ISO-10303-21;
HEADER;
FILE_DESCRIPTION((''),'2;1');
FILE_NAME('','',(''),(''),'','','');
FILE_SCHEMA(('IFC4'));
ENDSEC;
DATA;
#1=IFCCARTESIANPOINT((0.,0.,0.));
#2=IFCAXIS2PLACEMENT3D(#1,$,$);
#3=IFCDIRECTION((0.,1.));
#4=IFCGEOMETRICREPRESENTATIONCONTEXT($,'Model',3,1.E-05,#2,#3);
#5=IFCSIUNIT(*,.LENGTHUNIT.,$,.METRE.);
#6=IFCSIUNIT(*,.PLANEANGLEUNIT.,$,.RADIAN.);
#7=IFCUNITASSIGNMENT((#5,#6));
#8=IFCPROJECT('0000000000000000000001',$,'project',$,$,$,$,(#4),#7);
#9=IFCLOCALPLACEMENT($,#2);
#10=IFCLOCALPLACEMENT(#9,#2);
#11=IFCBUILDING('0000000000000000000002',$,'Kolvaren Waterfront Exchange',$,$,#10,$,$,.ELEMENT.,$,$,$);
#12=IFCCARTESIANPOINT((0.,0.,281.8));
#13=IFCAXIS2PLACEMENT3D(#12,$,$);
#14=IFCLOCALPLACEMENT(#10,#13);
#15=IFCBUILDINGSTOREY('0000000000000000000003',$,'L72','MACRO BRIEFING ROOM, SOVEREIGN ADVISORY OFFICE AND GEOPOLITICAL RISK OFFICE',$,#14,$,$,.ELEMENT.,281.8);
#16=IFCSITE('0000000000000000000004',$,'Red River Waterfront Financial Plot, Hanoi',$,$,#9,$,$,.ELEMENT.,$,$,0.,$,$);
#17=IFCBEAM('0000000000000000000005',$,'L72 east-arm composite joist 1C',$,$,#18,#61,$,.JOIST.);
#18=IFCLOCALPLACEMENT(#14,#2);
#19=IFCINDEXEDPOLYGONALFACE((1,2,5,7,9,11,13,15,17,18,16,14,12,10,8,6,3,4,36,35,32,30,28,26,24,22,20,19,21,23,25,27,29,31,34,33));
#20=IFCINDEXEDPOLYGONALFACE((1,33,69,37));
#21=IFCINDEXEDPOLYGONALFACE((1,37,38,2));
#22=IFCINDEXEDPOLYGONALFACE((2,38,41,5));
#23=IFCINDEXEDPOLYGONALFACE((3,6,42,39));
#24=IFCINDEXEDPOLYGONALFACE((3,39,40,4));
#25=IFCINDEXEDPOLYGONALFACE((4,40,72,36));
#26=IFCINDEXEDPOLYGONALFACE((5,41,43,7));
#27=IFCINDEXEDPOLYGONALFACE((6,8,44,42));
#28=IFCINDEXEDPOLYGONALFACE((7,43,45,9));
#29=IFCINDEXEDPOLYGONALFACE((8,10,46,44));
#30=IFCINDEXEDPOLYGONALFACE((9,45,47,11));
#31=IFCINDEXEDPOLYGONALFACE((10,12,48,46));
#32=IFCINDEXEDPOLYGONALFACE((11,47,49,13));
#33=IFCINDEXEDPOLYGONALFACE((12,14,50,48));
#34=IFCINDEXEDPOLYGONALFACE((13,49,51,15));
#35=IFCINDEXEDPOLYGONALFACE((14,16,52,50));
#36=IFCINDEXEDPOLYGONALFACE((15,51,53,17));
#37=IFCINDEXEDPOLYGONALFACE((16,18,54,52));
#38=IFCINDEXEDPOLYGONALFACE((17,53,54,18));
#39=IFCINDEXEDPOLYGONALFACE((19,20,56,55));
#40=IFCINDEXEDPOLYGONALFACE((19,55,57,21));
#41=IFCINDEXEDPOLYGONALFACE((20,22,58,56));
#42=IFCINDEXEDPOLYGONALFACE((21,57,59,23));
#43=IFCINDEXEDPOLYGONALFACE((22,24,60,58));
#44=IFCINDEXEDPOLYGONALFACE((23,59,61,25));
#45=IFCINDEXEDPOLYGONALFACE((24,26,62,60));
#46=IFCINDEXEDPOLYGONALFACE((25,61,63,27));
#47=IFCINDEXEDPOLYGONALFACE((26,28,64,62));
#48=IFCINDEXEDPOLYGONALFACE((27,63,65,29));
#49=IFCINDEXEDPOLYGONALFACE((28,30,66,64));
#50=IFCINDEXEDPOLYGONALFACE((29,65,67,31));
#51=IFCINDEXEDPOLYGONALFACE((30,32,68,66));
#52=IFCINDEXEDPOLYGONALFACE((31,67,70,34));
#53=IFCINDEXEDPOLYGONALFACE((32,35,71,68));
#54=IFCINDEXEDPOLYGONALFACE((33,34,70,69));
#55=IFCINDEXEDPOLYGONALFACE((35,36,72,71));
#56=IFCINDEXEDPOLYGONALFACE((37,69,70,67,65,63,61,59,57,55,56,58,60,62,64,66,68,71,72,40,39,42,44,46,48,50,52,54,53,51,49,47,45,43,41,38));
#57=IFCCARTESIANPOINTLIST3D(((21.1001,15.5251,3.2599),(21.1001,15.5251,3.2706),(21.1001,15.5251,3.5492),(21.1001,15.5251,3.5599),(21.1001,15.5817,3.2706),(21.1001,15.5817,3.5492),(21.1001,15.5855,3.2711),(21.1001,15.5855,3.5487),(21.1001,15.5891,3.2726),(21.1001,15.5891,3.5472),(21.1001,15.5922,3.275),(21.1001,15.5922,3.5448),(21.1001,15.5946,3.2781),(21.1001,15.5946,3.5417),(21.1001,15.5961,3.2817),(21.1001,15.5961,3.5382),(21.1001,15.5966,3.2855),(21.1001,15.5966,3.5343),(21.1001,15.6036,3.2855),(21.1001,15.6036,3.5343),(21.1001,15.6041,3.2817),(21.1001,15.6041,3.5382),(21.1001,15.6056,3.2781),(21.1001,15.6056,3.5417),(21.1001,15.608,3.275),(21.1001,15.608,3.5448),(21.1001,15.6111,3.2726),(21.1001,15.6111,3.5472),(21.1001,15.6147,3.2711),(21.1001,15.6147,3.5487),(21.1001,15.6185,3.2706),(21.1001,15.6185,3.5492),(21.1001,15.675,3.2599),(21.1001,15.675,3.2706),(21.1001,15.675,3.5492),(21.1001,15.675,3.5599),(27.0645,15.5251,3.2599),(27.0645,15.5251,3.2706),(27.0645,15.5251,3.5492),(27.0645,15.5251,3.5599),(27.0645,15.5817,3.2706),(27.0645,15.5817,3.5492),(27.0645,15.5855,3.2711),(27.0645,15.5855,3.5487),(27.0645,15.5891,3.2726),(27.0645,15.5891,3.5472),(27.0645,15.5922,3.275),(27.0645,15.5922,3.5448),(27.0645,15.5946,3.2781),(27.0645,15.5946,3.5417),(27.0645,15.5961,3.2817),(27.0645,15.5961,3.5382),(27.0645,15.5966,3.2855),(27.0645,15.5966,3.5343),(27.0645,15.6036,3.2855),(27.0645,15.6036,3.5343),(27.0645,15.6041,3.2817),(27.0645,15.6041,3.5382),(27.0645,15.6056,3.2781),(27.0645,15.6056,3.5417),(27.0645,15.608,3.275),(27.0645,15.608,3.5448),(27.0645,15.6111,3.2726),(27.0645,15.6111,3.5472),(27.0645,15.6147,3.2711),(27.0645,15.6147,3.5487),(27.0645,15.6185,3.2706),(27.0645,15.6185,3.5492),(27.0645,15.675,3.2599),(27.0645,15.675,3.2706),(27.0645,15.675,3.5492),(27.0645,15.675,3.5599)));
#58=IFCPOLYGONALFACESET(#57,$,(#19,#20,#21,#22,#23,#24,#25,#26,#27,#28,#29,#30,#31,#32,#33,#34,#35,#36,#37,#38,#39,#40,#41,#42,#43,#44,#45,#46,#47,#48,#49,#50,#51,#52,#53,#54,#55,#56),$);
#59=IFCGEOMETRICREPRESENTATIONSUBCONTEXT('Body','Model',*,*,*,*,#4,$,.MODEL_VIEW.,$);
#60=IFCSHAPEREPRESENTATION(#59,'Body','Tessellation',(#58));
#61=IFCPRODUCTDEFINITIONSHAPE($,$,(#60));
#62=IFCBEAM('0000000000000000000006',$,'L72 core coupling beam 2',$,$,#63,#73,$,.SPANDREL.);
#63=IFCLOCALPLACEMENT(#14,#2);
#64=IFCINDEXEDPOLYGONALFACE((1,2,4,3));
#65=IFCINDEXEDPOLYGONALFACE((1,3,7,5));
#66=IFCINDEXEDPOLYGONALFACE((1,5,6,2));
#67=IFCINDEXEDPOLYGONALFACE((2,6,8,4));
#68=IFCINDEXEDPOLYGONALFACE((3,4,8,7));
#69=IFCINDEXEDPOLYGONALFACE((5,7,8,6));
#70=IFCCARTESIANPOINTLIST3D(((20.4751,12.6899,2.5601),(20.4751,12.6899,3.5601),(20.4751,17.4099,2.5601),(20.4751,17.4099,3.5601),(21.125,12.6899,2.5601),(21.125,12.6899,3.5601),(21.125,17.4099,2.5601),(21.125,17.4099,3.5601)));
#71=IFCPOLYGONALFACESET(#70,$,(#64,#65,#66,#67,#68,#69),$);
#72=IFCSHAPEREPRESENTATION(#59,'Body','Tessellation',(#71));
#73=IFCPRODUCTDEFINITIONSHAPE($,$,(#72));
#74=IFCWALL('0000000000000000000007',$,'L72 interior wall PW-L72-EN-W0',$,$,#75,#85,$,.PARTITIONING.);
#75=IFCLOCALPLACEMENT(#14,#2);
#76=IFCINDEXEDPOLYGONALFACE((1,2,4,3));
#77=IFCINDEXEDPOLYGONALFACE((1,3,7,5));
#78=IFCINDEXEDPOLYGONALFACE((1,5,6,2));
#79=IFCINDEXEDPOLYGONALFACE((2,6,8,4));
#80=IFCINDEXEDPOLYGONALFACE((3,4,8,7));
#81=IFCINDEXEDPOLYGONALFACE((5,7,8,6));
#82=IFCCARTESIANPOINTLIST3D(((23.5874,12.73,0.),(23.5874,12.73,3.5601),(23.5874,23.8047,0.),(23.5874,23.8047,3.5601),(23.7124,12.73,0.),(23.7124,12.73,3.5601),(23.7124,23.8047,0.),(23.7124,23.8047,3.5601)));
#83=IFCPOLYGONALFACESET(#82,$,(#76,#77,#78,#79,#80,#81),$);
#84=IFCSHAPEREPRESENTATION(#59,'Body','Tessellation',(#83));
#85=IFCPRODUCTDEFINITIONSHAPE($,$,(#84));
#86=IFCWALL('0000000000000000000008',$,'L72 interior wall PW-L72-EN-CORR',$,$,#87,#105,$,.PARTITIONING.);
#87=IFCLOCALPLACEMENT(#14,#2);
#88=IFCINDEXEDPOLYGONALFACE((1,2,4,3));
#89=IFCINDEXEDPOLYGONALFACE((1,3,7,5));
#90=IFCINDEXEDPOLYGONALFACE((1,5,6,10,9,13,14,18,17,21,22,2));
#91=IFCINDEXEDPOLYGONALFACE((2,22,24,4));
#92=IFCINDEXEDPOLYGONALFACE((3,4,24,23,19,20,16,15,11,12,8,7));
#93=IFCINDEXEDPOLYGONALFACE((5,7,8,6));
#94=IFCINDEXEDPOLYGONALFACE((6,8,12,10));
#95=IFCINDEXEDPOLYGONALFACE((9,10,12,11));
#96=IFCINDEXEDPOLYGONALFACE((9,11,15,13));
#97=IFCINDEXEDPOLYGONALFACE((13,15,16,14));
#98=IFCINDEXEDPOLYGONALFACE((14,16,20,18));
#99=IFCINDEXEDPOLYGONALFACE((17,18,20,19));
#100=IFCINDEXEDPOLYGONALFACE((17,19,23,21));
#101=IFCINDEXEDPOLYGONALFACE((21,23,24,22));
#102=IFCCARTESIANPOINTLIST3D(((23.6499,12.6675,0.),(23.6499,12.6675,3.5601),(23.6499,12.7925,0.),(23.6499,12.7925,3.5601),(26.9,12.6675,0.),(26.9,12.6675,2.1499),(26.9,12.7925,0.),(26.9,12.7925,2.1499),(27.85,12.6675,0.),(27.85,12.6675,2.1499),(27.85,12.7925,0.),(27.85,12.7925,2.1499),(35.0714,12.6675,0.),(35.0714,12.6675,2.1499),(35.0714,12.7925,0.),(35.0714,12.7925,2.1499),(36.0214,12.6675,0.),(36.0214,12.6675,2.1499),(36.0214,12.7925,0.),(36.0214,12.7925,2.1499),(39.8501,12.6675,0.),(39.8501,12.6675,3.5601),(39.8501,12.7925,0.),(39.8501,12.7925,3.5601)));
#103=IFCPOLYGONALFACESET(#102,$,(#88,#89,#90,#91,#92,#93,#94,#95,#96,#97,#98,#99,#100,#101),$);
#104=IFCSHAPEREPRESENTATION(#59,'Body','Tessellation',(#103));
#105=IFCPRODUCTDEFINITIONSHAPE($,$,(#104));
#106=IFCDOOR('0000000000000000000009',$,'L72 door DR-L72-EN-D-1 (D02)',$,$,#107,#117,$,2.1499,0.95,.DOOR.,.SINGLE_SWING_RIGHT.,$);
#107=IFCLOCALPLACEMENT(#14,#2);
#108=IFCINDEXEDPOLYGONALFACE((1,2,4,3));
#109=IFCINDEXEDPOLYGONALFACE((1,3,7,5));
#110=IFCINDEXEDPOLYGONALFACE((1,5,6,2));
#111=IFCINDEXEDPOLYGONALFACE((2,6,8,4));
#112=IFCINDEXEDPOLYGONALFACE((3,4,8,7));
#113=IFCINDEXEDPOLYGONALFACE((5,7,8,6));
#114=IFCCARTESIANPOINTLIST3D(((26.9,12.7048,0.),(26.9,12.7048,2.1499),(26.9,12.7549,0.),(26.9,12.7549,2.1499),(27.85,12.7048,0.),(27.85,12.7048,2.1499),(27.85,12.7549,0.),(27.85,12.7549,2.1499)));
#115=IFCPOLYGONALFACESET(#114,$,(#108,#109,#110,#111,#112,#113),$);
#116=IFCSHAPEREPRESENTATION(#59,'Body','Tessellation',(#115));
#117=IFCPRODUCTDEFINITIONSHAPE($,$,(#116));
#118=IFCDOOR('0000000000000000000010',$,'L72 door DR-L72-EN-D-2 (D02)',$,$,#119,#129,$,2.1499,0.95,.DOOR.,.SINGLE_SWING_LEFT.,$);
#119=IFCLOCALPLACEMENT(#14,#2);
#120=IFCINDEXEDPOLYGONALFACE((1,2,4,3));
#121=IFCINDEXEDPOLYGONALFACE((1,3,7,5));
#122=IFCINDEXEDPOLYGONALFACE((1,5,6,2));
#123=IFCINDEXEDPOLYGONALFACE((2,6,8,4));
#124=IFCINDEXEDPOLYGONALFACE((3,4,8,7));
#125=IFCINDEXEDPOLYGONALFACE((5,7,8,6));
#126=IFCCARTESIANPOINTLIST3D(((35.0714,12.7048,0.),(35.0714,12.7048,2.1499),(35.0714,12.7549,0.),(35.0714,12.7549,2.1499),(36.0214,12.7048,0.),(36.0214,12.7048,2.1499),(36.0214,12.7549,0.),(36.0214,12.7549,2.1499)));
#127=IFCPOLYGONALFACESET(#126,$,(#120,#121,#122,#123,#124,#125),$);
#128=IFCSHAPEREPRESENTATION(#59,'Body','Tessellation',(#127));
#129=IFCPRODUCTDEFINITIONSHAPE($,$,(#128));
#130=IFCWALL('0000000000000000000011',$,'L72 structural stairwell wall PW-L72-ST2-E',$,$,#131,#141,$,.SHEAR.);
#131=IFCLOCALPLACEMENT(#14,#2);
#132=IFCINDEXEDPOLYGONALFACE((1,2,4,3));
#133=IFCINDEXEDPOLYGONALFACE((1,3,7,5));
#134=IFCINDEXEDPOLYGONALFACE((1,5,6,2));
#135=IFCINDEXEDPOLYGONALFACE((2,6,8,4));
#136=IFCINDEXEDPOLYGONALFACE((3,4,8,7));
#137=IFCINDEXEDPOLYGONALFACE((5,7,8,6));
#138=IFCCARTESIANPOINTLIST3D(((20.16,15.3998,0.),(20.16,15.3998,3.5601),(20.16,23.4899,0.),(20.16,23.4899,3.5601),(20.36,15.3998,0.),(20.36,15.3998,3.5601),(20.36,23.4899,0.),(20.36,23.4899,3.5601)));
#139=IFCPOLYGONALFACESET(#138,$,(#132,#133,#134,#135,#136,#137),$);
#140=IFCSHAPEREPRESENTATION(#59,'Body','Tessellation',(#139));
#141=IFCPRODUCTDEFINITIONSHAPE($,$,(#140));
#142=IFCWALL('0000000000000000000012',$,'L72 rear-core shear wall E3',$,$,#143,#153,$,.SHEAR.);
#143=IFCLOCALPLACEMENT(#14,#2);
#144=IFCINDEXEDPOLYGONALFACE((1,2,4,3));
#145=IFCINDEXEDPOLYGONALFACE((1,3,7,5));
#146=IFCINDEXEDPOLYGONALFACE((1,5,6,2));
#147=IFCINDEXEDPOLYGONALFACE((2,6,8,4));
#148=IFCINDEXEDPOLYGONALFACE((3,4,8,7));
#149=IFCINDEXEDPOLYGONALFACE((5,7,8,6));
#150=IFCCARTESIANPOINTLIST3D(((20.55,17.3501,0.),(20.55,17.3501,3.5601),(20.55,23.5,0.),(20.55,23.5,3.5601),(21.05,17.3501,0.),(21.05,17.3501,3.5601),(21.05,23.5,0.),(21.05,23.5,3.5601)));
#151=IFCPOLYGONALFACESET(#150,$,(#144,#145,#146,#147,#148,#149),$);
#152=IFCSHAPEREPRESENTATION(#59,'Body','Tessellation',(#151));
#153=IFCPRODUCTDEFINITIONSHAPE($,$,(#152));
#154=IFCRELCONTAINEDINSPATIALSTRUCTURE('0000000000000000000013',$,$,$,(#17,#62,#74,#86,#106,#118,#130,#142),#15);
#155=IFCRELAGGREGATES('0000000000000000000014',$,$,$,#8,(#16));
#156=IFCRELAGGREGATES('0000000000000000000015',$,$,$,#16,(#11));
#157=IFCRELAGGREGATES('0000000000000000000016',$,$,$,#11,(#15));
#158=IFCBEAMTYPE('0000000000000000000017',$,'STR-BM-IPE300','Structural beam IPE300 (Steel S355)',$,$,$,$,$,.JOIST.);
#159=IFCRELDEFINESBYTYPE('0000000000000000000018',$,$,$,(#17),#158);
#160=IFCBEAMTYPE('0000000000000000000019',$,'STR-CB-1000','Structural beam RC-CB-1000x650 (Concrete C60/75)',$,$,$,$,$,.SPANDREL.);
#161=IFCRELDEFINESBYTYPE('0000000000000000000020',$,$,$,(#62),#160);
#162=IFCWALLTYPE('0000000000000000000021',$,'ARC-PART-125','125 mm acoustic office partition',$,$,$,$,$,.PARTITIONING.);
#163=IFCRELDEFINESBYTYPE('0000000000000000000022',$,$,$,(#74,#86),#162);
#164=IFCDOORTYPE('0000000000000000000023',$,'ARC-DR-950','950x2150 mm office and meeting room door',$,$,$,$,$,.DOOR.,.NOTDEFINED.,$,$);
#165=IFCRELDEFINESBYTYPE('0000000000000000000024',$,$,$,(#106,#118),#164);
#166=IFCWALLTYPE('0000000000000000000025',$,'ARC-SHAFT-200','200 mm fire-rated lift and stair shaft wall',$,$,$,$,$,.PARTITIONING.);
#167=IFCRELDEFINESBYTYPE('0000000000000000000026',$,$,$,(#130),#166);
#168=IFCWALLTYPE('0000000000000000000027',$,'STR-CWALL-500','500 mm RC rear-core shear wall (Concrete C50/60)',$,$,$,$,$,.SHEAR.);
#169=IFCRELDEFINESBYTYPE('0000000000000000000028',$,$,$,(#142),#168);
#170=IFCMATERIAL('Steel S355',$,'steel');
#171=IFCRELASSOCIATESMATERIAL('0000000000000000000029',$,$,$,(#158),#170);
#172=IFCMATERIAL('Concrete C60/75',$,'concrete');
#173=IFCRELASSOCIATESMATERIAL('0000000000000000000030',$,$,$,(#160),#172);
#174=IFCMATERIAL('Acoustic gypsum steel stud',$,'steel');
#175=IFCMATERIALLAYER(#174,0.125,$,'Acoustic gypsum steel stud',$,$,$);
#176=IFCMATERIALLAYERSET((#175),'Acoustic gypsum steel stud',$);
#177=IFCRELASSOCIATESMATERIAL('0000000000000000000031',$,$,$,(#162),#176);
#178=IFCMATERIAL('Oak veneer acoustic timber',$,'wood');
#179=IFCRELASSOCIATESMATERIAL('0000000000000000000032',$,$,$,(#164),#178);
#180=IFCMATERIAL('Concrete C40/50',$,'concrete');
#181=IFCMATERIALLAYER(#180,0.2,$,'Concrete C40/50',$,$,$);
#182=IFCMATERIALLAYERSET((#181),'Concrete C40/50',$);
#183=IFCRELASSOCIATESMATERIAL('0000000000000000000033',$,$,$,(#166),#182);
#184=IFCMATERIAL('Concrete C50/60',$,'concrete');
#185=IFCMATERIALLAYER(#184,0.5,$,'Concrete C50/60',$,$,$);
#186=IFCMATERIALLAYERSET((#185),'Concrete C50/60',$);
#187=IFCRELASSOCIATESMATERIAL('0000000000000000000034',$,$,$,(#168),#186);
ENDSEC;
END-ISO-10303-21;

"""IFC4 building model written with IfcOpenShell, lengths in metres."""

from ifc_helpers import new_model, si_unit, direction, frame, frame_2d, origin, origin_2d, place, context, subcontext, project, spatial, rectangle, i_section, extrude, material, layer, layer_set, material_profile, profile_set, type_object, element, fill, save


model = new_model("IFC4")

# Units and contexts
model_context = context("Model", 3, precision=1e-05, world=origin(), true_north=direction((0.0, 1.0)))
body_context = subcontext(model_context, "Body", "Model", "MODEL_VIEW")
ifc_project = project(units=[si_unit("LENGTHUNIT", "METRE"), si_unit("PLANEANGLEUNIT", "RADIAN")], contexts=[model_context])

# Site, building, storey
site_placement = place(None, origin())
site = spatial("IfcSite", under=ifc_project, at=site_placement, Name="Red River Waterfront Financial Plot, Hanoi", CompositionType="ELEMENT", RefElevation=0.0)
building_placement = place(site_placement, origin())
building = spatial("IfcBuilding", under=site, at=building_placement, Name="Kolvaren Waterfront Exchange", CompositionType="ELEMENT")
storey_placement = place(building_placement, frame((0.0, 0.0, 281.8)))
storey = spatial("IfcBuildingStorey", under=building, at=storey_placement, Name="L72", Description="MACRO BRIEFING ROOM, SOVEREIGN ADVISORY OFFICE AND GEOPOLITICAL RISK OFFICE", CompositionType="ELEMENT", Elevation=281.8)

# Shared definitions
ifc_material_1 = material(Name="Concrete C50/60", Category="concrete")

# Beams
ifc_material_2 = material(Name="Steel S355", Category="steel")
ifc_material_profile_1 = material_profile(ifc_material_2, i_section(OverallWidth=0.1499, OverallDepth=0.3, WebThickness=0.0071, FlangeThickness=0.0107, FilletRadius=0.0149, at=origin_2d()), Name="IPE300")
ifc_profile_set_1 = profile_set([ifc_material_profile_1], Name="Steel S355")
beam_type_1 = type_object("IfcBeamType", Name="STR-BM-IPE300", Description="Structural beam IPE300 (Steel S355)", PredefinedType="JOIST", material=ifc_profile_set_1)
for number, where, z_axis, x_axis, name in (
    (1, (21.1001, 15.6001, 3.4099), (1.0, 0.0, 0.0), (0.0, 1.0, 0.0), "L72 east-arm composite joist 1C"),
):
    element("IfcBeam", number, at=place(storey_placement, frame(where, z_axis=z_axis, x_axis=x_axis)), inside=storey, type_object=beam_type_1, Name=name, PredefinedType="JOIST", context=body_context, shape_type="SweptSolid", body=[
        extrude(i_section(OverallWidth=0.1499, OverallDepth=0.3, WebThickness=0.0071, FlangeThickness=0.0107, FilletRadius=0.0149, at=origin_2d()), origin(), (0.0, 0.0, 1.0), 5.9644),
    ])
ifc_material_3 = material(Name="Concrete C60/75", Category="concrete")
ifc_material_profile_2 = material_profile(ifc_material_3, rectangle(XDim=0.6499, YDim=1.0, at=origin_2d()), Name="RC-CB-1000x650")
ifc_profile_set_2 = profile_set([ifc_material_profile_2], Name="Concrete C60/75")
beam_type_2 = type_object("IfcBeamType", Name="STR-CB-1000", Description="Structural beam RC-CB-1000x650 (Concrete C60/75)", PredefinedType="SPANDREL", material=ifc_profile_set_2)
beam_1_placement = place(storey_placement, frame((20.8, 12.6899, 3.0601), z_axis=(0.0, 1.0, 0.0), x_axis=(-1.0, 0.0, 0.0)))
element("IfcBeam", 2, at=beam_1_placement, inside=storey, type_object=beam_type_2, Name="L72 core coupling beam 2", PredefinedType="SPANDREL", context=body_context, shape_type="SweptSolid", body=[
    extrude(rectangle(XDim=0.6499, YDim=1.0, at=origin_2d()), origin(), (0.0, 0.0, 1.0), 4.72),
])

# Wall
ifc_material_4 = material(Name="Acoustic gypsum steel stud", Category="steel")
ifc_layer_1 = layer(ifc_material_4, 0.125, Name="Acoustic gypsum steel stud")
ifc_layer_set_1 = layer_set([ifc_layer_1], Name="Acoustic gypsum steel stud")
wall_type_1 = type_object("IfcWallType", Name="ARC-PART-125", Description="125 mm acoustic office partition", PredefinedType="PARTITIONING", material=ifc_layer_set_1)
wall_1_placement = place(storey_placement, frame((23.6499, 12.73, 0.0), z_axis=(0.0, 0.0, 1.0), x_axis=(0.0, 1.0, 0.0)))
element("IfcWall", 3, at=wall_1_placement, inside=storey, type_object=wall_type_1, Name="L72 interior wall PW-L72-EN-W0", PredefinedType="PARTITIONING", context=body_context, shape_type="SweptSolid", body=[
    extrude(rectangle(XDim=11.0747, YDim=0.125, at=frame_2d((5.5374, 0.0))), origin(), (0.0, 0.0, 1.0), 3.5601),
])

# Wall, openings, doors
wall_2_placement = place(storey_placement, frame((23.6499, 12.73, 0.0), z_axis=(0.0, 0.0, 1.0), x_axis=(1.0, 0.0, 0.0)))
wall_2 = element("IfcWall", 4, at=wall_2_placement, inside=storey, type_object=wall_type_1, Name="L72 interior wall PW-L72-EN-CORR", PredefinedType="PARTITIONING", context=body_context, shape_type="SweptSolid", body=[
    extrude(rectangle(XDim=16.2002, YDim=0.125, at=frame_2d((8.1001, 0.0))), origin(), (0.0, 0.0, 1.0), 3.5601),
])
opening_1_placement = place(wall_2_placement, frame((3.25, 0.0, 0.0)))
opening_1 = element("IfcOpeningElement", 5, at=opening_1_placement, cuts=wall_2, PredefinedType="OPENING", context=body_context, shape_type="SweptSolid", body=[
    extrude(rectangle(XDim=0.95, YDim=2.1499, at=frame_2d((0.4751, 1.075))), frame((0.0, 0.0725, 0.0), z_axis=(0.0, -1.0, 0.0), x_axis=(1.0, 0.0, 0.0)), (0.0, 0.0, 1.0), 0.145),
])
opening_2_placement = place(wall_2_placement, frame((11.4214, 0.0, 0.0)))
opening_2 = element("IfcOpeningElement", 6, at=opening_2_placement, cuts=wall_2, PredefinedType="OPENING", context=body_context, shape_type="SweptSolid", body=[
    extrude(rectangle(XDim=0.95, YDim=2.1499, at=frame_2d((0.4751, 1.075))), frame((0.0, 0.0725, 0.0), z_axis=(0.0, -1.0, 0.0), x_axis=(1.0, 0.0, 0.0)), (0.0, 0.0, 1.0), 0.145),
])
ifc_material_5 = material(Name="Oak veneer acoustic timber", Category="wood")
door_type_1 = type_object("IfcDoorType", Name="ARC-DR-950", Description="950x2150 mm office and meeting room door", OperationType="NOTDEFINED", PredefinedType="DOOR", material=ifc_material_5)
door_1_placement = place(opening_1_placement, origin())
door_1 = element("IfcDoor", 7, at=door_1_placement, inside=storey, type_object=door_type_1, Name="L72 door DR-L72-EN-D-1 (D02)", OperationType="SINGLE_SWING_RIGHT", OverallHeight=2.1499, OverallWidth=0.95, PredefinedType="DOOR", context=body_context, shape_type="SweptSolid", body=[
    extrude(rectangle(XDim=0.95, YDim=2.1499, at=frame_2d((0.4751, 1.075))), frame((0.0, 0.0249, 0.0), z_axis=(0.0, -1.0, 0.0), x_axis=(1.0, 0.0, 0.0)), (0.0, 0.0, 1.0), 0.05),
])
fill(opening_1, door_1)
door_2_placement = place(opening_2_placement, origin())
door_2 = element("IfcDoor", 8, at=door_2_placement, inside=storey, type_object=door_type_1, Name="L72 door DR-L72-EN-D-2 (D02)", OperationType="SINGLE_SWING_LEFT", OverallHeight=2.1499, OverallWidth=0.95, PredefinedType="DOOR", context=body_context, shape_type="SweptSolid", body=[
    extrude(rectangle(XDim=0.95, YDim=2.1499, at=frame_2d((0.4751, 1.075))), frame((0.0, 0.0249, 0.0), z_axis=(0.0, -1.0, 0.0), x_axis=(1.0, 0.0, 0.0)), (0.0, 0.0, 1.0), 0.05),
])
fill(opening_2, door_2)

# Walls
ifc_material_6 = material(Name="Concrete C40/50", Category="concrete")
ifc_layer_2 = layer(ifc_material_6, 0.2, Name="Concrete C40/50")
ifc_layer_set_2 = layer_set([ifc_layer_2], Name="Concrete C40/50")
wall_type_2 = type_object("IfcWallType", Name="ARC-SHAFT-200", Description="200 mm fire-rated lift and stair shaft wall", PredefinedType="PARTITIONING", material=ifc_layer_set_2)
wall_3_placement = place(storey_placement, frame((20.26, 15.3999, 0.0), z_axis=(0.0, 0.0, 1.0), x_axis=(0.0, 1.0, 0.0)))
element("IfcWall", 9, at=wall_3_placement, inside=storey, type_object=wall_type_2, Name="L72 structural stairwell wall PW-L72-ST2-E", PredefinedType="SHEAR", context=body_context, shape_type="SweptSolid", body=[
    extrude(rectangle(XDim=8.0901, YDim=0.2, at=frame_2d((4.0449, 0.0))), origin(), (0.0, 0.0, 1.0), 3.5601),
])
ifc_layer_3 = layer(ifc_material_1, 0.5, Name="Concrete C50/60")
ifc_layer_set_3 = layer_set([ifc_layer_3], Name="Concrete C50/60")
wall_type_3 = type_object("IfcWallType", Name="STR-CWALL-500", Description="500 mm RC rear-core shear wall (Concrete C50/60)", PredefinedType="SHEAR", material=ifc_layer_set_3)
wall_4_placement = place(storey_placement, frame((20.8, 17.3501, 0.0), z_axis=(0.0, 0.0, 1.0), x_axis=(0.0, 1.0, 0.0)))
element("IfcWall", 10, at=wall_4_placement, inside=storey, type_object=wall_type_3, Name="L72 rear-core shear wall E3", PredefinedType="SHEAR", context=body_context, shape_type="SweptSolid", body=[
    extrude(rectangle(XDim=6.1499, YDim=0.5, at=frame_2d((3.075, 0.0))), origin(), (0.0, 0.0, 1.0), 3.5601),
])

save(model, "model.ifc")
